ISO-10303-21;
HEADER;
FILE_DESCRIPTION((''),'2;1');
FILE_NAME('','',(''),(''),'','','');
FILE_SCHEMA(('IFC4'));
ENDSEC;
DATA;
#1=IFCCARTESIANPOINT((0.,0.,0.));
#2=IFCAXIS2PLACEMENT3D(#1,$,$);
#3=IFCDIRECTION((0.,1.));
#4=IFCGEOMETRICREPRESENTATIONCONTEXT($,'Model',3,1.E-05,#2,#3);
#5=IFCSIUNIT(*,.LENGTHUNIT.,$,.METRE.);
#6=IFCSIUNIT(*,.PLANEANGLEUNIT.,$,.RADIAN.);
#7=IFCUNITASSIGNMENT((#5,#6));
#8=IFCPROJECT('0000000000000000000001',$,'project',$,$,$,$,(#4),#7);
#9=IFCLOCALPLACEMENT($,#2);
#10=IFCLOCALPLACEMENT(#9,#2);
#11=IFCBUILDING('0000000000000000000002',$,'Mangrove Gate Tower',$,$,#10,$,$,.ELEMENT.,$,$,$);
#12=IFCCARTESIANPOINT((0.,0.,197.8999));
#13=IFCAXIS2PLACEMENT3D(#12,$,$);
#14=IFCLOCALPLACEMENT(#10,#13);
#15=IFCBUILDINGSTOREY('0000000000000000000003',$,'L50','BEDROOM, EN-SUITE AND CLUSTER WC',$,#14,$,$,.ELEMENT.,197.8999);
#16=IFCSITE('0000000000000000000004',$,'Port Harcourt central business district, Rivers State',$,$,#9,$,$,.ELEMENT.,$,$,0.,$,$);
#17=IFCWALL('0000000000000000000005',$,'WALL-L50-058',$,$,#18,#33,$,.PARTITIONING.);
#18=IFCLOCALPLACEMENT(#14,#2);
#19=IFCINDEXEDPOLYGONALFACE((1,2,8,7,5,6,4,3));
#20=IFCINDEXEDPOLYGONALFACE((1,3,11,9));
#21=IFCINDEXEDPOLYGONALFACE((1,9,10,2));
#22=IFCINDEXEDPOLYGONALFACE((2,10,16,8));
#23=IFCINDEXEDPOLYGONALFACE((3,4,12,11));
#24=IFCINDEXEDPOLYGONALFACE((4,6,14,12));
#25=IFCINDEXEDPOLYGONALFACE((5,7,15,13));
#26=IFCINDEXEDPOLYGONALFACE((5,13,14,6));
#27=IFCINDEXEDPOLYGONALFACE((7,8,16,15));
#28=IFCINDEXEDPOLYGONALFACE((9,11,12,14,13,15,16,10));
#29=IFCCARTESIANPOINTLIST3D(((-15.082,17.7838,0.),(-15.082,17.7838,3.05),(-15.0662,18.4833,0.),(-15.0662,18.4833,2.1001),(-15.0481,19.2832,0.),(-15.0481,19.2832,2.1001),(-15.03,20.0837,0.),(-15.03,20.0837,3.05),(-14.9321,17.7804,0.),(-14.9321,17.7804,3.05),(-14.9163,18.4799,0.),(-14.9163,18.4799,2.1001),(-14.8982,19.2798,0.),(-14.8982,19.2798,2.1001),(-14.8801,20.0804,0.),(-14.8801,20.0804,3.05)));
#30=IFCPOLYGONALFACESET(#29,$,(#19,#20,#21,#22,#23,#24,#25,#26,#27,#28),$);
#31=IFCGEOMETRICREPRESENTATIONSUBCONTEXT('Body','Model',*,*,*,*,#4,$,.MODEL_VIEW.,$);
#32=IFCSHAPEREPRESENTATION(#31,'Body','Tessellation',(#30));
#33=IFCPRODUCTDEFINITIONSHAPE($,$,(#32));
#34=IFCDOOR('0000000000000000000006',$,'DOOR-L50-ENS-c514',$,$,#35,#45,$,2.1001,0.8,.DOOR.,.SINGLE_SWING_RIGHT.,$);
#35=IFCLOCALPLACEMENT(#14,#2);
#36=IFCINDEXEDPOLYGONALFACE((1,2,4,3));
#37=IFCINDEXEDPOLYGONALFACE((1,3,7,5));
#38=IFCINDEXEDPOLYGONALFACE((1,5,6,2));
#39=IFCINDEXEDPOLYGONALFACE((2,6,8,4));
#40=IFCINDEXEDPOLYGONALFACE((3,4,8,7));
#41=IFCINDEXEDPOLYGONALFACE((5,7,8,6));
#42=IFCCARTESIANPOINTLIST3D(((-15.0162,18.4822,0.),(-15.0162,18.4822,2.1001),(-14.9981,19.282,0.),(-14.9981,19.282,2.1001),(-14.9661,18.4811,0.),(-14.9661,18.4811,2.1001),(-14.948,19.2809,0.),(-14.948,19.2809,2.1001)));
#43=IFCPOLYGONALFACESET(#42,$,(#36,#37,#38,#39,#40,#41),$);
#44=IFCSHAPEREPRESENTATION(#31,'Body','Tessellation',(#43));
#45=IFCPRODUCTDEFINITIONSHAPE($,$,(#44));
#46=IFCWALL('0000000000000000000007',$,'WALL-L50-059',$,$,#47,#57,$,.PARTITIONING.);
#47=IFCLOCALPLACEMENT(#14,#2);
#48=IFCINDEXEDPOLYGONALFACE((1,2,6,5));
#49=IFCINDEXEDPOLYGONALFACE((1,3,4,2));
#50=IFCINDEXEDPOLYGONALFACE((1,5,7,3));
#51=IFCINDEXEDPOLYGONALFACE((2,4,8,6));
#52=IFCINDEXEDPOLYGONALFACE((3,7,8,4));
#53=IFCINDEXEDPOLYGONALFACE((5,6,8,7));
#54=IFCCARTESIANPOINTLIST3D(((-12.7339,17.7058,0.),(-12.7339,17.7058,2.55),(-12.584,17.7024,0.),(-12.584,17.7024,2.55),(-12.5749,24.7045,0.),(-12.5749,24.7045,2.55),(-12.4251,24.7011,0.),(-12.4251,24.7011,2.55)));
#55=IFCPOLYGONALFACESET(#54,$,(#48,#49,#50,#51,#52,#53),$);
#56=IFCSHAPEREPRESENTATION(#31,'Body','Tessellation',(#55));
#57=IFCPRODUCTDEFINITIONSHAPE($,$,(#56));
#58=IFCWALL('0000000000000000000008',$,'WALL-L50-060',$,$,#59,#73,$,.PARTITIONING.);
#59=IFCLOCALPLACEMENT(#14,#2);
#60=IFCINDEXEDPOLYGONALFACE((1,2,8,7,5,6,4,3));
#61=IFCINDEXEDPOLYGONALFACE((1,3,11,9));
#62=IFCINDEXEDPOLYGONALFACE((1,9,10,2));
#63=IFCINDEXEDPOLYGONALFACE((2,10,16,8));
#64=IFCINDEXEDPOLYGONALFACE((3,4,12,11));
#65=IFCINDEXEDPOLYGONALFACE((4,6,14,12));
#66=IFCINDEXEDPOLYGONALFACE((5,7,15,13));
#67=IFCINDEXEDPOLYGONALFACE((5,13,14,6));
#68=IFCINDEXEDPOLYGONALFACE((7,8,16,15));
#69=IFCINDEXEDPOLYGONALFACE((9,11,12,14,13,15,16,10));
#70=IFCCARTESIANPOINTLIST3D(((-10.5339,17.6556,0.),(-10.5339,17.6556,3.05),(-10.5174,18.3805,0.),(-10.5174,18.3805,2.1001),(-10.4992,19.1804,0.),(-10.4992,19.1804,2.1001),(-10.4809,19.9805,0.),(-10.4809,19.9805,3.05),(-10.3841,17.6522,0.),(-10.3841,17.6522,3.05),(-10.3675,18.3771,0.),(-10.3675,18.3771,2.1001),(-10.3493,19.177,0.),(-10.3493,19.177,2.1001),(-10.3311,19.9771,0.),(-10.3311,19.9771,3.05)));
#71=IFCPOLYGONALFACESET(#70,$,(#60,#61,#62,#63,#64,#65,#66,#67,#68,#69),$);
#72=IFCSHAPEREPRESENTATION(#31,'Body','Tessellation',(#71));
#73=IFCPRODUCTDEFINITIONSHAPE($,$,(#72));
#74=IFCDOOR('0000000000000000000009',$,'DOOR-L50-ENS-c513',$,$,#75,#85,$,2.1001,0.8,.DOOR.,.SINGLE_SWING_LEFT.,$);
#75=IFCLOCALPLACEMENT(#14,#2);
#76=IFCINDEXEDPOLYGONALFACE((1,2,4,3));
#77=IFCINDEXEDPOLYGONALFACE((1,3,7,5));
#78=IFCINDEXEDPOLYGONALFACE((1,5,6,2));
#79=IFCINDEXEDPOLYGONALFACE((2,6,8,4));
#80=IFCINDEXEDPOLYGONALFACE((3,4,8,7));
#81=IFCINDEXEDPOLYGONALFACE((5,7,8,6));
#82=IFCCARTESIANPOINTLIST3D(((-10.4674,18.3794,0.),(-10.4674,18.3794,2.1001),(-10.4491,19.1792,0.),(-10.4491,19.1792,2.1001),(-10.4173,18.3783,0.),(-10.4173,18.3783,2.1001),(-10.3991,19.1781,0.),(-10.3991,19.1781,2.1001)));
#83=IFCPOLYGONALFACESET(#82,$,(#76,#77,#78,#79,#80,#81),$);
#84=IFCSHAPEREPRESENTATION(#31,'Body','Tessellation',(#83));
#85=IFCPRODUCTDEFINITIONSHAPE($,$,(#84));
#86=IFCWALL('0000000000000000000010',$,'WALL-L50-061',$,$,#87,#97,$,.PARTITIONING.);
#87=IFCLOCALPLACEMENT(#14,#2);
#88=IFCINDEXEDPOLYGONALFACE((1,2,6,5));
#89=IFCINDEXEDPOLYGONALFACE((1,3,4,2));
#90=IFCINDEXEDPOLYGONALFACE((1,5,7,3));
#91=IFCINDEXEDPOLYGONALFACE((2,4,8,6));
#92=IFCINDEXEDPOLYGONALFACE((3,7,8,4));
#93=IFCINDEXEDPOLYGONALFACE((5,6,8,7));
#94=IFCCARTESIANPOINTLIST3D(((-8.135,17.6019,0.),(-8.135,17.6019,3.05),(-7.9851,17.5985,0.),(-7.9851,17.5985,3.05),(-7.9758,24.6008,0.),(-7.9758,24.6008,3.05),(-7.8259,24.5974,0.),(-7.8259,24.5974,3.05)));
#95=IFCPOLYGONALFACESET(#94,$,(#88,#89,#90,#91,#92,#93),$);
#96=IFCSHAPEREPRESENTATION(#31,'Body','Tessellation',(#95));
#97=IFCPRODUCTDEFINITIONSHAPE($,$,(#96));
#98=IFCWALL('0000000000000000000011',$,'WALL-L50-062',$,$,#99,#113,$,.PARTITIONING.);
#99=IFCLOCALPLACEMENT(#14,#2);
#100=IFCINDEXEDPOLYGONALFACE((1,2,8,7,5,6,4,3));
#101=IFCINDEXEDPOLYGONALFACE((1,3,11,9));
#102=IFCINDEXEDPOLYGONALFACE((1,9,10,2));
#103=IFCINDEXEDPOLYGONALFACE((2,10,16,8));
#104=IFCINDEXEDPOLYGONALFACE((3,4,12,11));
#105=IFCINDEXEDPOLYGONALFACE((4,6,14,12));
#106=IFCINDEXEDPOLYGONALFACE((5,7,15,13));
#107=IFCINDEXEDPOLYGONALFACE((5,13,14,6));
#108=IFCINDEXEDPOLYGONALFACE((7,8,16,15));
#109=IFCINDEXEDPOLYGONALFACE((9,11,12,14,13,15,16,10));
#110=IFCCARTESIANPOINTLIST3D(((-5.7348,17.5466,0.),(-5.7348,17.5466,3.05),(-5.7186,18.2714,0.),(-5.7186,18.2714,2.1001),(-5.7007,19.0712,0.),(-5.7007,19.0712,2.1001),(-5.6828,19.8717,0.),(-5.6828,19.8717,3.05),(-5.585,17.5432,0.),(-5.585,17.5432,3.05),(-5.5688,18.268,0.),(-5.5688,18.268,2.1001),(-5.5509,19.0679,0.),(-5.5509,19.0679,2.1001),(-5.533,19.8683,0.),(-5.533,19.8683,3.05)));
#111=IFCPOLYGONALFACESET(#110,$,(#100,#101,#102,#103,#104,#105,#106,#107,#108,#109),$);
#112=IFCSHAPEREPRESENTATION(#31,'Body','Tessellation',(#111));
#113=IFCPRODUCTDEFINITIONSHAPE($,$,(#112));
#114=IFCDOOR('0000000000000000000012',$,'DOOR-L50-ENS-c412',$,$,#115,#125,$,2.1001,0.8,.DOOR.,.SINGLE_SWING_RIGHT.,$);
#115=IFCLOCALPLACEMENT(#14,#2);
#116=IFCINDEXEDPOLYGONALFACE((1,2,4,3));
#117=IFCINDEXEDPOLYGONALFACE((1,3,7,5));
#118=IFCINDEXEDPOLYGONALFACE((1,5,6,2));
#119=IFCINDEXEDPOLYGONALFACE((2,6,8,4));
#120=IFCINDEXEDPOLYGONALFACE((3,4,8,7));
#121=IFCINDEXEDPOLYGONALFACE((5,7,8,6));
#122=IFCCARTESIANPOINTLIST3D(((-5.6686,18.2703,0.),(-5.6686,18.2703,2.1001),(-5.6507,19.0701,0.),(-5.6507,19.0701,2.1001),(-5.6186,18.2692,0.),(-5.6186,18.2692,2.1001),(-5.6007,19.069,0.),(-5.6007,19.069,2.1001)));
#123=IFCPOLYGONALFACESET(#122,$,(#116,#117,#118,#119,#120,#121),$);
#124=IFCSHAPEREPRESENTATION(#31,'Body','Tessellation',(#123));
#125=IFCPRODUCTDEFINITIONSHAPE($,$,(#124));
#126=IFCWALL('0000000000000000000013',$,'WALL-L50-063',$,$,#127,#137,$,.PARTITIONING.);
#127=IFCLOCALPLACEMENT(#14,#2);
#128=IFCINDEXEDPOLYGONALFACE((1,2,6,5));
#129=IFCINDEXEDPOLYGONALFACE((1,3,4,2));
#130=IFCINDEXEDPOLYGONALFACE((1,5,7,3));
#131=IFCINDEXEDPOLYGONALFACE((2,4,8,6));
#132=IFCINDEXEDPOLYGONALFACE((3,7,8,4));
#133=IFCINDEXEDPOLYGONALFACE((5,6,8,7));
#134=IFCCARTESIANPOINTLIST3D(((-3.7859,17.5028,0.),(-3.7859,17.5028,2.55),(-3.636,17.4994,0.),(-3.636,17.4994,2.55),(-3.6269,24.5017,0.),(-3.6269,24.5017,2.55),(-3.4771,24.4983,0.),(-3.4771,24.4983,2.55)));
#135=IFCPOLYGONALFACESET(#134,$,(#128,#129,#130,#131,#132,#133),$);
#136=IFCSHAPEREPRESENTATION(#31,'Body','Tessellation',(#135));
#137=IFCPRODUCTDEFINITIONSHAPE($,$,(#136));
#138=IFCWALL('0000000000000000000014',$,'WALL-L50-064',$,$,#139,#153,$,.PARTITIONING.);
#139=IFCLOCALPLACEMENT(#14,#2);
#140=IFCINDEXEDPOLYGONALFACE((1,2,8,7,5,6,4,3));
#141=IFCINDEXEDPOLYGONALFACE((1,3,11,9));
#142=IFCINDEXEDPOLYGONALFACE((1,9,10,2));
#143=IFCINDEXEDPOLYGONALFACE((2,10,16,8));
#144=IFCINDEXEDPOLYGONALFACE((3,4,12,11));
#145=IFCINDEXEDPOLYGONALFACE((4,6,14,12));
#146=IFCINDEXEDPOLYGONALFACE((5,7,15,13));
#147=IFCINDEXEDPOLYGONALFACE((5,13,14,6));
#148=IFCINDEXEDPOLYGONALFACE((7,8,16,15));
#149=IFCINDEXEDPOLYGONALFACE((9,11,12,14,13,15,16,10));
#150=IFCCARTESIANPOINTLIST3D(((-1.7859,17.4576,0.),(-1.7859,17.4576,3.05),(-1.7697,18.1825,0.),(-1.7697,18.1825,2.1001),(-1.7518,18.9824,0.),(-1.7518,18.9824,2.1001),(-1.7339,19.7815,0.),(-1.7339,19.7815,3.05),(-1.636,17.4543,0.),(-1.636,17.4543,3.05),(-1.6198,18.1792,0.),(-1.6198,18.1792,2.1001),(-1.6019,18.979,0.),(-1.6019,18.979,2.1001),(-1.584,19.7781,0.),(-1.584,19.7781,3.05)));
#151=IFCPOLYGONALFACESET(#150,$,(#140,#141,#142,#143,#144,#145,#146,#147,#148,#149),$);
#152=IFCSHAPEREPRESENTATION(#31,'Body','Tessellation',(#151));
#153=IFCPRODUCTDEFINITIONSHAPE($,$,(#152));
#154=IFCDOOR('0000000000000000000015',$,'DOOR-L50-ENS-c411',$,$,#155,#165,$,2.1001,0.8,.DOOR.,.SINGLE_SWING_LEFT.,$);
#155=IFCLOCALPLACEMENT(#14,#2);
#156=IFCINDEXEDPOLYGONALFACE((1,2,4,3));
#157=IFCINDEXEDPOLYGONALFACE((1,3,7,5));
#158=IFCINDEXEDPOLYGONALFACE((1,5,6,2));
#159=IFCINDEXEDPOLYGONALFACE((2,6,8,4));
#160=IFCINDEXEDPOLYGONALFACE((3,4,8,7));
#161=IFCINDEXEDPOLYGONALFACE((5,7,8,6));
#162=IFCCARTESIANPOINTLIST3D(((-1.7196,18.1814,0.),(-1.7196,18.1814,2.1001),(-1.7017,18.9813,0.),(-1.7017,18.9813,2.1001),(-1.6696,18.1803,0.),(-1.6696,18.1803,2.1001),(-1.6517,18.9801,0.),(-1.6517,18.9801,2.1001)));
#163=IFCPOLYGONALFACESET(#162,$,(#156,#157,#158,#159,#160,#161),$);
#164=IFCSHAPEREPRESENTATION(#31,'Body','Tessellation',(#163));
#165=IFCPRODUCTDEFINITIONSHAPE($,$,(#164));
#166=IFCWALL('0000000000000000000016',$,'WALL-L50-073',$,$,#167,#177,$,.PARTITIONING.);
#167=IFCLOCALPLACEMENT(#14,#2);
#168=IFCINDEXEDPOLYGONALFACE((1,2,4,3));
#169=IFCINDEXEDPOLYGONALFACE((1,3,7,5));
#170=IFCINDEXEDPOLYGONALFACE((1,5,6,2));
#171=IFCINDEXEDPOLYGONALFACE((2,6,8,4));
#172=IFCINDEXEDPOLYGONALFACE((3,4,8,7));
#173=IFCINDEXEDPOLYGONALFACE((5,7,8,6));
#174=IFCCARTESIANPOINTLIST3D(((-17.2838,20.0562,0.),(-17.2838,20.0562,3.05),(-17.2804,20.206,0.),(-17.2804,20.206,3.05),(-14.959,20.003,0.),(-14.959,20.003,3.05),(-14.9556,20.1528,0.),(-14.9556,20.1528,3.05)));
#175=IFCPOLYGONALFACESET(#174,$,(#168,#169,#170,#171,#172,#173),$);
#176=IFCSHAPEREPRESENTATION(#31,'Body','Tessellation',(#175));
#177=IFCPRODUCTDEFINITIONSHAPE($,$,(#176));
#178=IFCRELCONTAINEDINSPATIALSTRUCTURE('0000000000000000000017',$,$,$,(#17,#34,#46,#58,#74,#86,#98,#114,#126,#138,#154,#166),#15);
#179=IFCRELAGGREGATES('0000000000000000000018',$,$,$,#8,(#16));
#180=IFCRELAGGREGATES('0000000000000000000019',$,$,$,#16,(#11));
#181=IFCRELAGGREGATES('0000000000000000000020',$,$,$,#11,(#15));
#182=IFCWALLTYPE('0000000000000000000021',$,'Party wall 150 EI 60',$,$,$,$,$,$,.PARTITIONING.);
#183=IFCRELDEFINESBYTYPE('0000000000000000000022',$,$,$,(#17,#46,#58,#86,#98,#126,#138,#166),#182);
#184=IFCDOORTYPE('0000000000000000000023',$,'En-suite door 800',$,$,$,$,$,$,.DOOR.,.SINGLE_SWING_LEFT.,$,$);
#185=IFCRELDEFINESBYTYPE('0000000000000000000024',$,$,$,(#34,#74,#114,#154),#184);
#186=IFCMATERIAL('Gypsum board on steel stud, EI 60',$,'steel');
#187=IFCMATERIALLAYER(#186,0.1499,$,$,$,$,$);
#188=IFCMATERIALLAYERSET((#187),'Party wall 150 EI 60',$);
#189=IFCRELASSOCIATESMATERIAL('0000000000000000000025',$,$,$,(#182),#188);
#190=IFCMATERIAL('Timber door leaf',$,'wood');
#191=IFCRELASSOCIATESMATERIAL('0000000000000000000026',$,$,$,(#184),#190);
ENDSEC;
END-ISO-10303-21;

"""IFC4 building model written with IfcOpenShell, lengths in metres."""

from ifc_helpers import new_model, si_unit, direction, frame, frame_2d, origin, place, context, subcontext, project, spatial, rectangle, extrude, material, layer, layer_set, type_object, element, fill, save


model = new_model("IFC4")

# Units and contexts
model_context = context("Model", 3, precision=1e-05, world=origin(), true_north=direction((0.0, 1.0)))
body_context = subcontext(model_context, "Body", "Model", "MODEL_VIEW")
ifc_project = project(units=[si_unit("LENGTHUNIT", "METRE"), si_unit("PLANEANGLEUNIT", "RADIAN")], contexts=[model_context])

# Site, building, storey
site_placement = place(None, origin())
site = spatial("IfcSite", under=ifc_project, at=site_placement, Name="Port Harcourt central business district, Rivers State", CompositionType="ELEMENT", RefElevation=0.0)
building_placement = place(site_placement, origin())
building = spatial("IfcBuilding", under=site, at=building_placement, Name="Mangrove Gate Tower", CompositionType="ELEMENT")
storey_placement = place(building_placement, frame((0.0, 0.0, 197.8999)))
storey = spatial("IfcBuildingStorey", under=building, at=storey_placement, Name="L50", Description="BEDROOM, EN-SUITE AND CLUSTER WC", CompositionType="ELEMENT", Elevation=197.8999)

# Shared definitions
ifc_material_1 = material(Name="Gypsum board on steel stud, EI 60", Category="steel")
ifc_layer = layer(ifc_material_1, 0.1499)
ifc_layer_set = layer_set([ifc_layer], Name="Party wall 150 EI 60")
wall_type = type_object("IfcWallType", Name="Party wall 150 EI 60", PredefinedType="PARTITIONING", material=ifc_layer_set)

# Wall, opening, door
wall_1_placement = place(storey_placement, frame((-15.0071, 17.782, 0.0), z_axis=(0.0, 0.0, 1.0), x_axis=(0.022603, 0.999745, 0.0)))
wall_1 = element("IfcWall", 1, at=wall_1_placement, inside=storey, type_object=wall_type, Name="WALL-L50-058", PredefinedType="PARTITIONING", context=body_context, shape_type="SweptSolid", body=[
    extrude(rectangle(XDim=2.3005, YDim=0.1499, at=frame_2d((1.1504, 0.0))), origin(), (0.0, 0.0, 1.0), 3.05),
])
opening_1_placement = place(wall_1_placement, frame((0.7, 0.0, 0.0)))
opening_1 = element("IfcOpeningElement", 2, at=opening_1_placement, cuts=wall_1, PredefinedType="OPENING", context=body_context, shape_type="SweptSolid", body=[
    extrude(rectangle(XDim=0.8, YDim=2.1001, at=frame_2d((0.3999, 1.05))), frame((0.0, 0.085, 0.0), z_axis=(0.0, -1.0, 0.0), x_axis=(1.0, 0.0, 0.0)), (0.0, 0.0, 1.0), 0.1699),
])
ifc_material_2 = material(Name="Timber door leaf", Category="wood")
door_type_1 = type_object("IfcDoorType", Name="En-suite door 800", OperationType="SINGLE_SWING_LEFT", PredefinedType="DOOR", material=ifc_material_2)
door_1_placement = place(opening_1_placement, origin())
door_1 = element("IfcDoor", 3, at=door_1_placement, inside=storey, type_object=door_type_1, Name="DOOR-L50-ENS-c514", OperationType="SINGLE_SWING_RIGHT", OverallHeight=2.1001, OverallWidth=0.8, PredefinedType="DOOR", context=body_context, shape_type="SweptSolid", body=[
    extrude(rectangle(XDim=0.8, YDim=2.1001, at=frame_2d((0.3999, 1.05))), frame((0.0, 0.0249, 0.0), z_axis=(0.0, -1.0, 0.0), x_axis=(1.0, 0.0, 0.0)), (0.0, 0.0, 1.0), 0.05),
])
fill(opening_1, door_1)

# Wall
wall_2_placement = place(storey_placement, frame((-12.6589, 17.7041, 0.0), z_axis=(0.0, 0.0, 1.0), x_axis=(0.022703, 0.999742, 0.0)))
element("IfcWall", 4, at=wall_2_placement, inside=storey, type_object=wall_type, Name="WALL-L50-059", PredefinedType="PARTITIONING", context=body_context, shape_type="SweptSolid", body=[
    extrude(rectangle(XDim=7.0005, YDim=0.1499, at=frame_2d((3.5002, 0.0))), origin(), (0.0, 0.0, 1.0), 2.55),
])

# Wall, opening, door
wall_3_placement = place(storey_placement, frame((-10.459, 17.6541, 0.0), z_axis=(0.0, 0.0, 1.0), x_axis=(0.022781, 0.99974, 0.0)))
wall_3 = element("IfcWall", 5, at=wall_3_placement, inside=storey, type_object=wall_type, Name="WALL-L50-060", PredefinedType="PARTITIONING", context=body_context, shape_type="SweptSolid", body=[
    extrude(rectangle(XDim=2.3254, YDim=0.1499, at=frame_2d((1.1626, 0.0))), origin(), (0.0, 0.0, 1.0), 3.05),
])
opening_2_placement = place(wall_3_placement, frame((0.7251, 0.0, 0.0)))
opening_2 = element("IfcOpeningElement", 6, at=opening_2_placement, cuts=wall_3, PredefinedType="OPENING", context=body_context, shape_type="SweptSolid", body=[
    extrude(rectangle(XDim=0.8, YDim=2.1001, at=frame_2d((0.3999, 1.05))), frame((0.0, 0.085, 0.0), z_axis=(0.0, -1.0, 0.0), x_axis=(1.0, 0.0, 0.0)), (0.0, 0.0, 1.0), 0.1699),
])
door_2_placement = place(opening_2_placement, origin())
door_2 = element("IfcDoor", 7, at=door_2_placement, inside=storey, type_object=door_type_1, Name="DOOR-L50-ENS-c513", OperationType="SINGLE_SWING_LEFT", OverallHeight=2.1001, OverallWidth=0.8, PredefinedType="DOOR", context=body_context, shape_type="SweptSolid", body=[
    extrude(rectangle(XDim=0.8, YDim=2.1001, at=frame_2d((0.3999, 1.05))), frame((0.0, 0.0249, 0.0), z_axis=(0.0, -1.0, 0.0), x_axis=(1.0, 0.0, 0.0)), (0.0, 0.0, 1.0), 0.05),
])
fill(opening_2, door_2)

# Wall
wall_4_placement = place(storey_placement, frame((-8.0601, 17.6001, 0.0), z_axis=(0.0, 0.0, 1.0), x_axis=(0.022737, 0.999741, 0.0)))
element("IfcWall", 8, at=wall_4_placement, inside=storey, type_object=wall_type, Name="WALL-L50-061", PredefinedType="PARTITIONING", context=body_context, shape_type="SweptSolid", body=[
    extrude(rectangle(XDim=7.0007, YDim=0.1499, at=frame_2d((3.5005, 0.0))), origin(), (0.0, 0.0, 1.0), 3.05),
])

# Wall, opening, door
wall_5_placement = place(storey_placement, frame((-5.6599, 17.5449, 0.0), z_axis=(0.0, 0.0, 1.0), x_axis=(0.022359, 0.99975, 0.0)))
wall_5 = element("IfcWall", 9, at=wall_5_placement, inside=storey, type_object=wall_type, Name="WALL-L50-062", PredefinedType="PARTITIONING", context=body_context, shape_type="SweptSolid", body=[
    extrude(rectangle(XDim=2.3257, YDim=0.1499, at=frame_2d((1.1628, 0.0))), origin(), (0.0, 0.0, 1.0), 3.05),
])
opening_3_placement = place(wall_5_placement, frame((0.7251, 0.0, 0.0)))
opening_3 = element("IfcOpeningElement", 10, at=opening_3_placement, cuts=wall_5, PredefinedType="OPENING", context=body_context, shape_type="SweptSolid", body=[
    extrude(rectangle(XDim=0.8, YDim=2.1001, at=frame_2d((0.3999, 1.05))), frame((0.0, 0.085, 0.0), z_axis=(0.0, -1.0, 0.0), x_axis=(1.0, 0.0, 0.0)), (0.0, 0.0, 1.0), 0.1699),
])
door_3_placement = place(opening_3_placement, origin())
door_3 = element("IfcDoor", 11, at=door_3_placement, inside=storey, type_object=door_type_1, Name="DOOR-L50-ENS-c412", OperationType="SINGLE_SWING_RIGHT", OverallHeight=2.1001, OverallWidth=0.8, PredefinedType="DOOR", context=body_context, shape_type="SweptSolid", body=[
    extrude(rectangle(XDim=0.8, YDim=2.1001, at=frame_2d((0.3999, 1.05))), frame((0.0, 0.0249, 0.0), z_axis=(0.0, -1.0, 0.0), x_axis=(1.0, 0.0, 0.0)), (0.0, 0.0, 1.0), 0.05),
])
fill(opening_3, door_3)

# Wall
wall_6_placement = place(storey_placement, frame((-3.7109, 17.501, 0.0), z_axis=(0.0, 0.0, 1.0), x_axis=(0.022702, 0.999742, 0.0)))
element("IfcWall", 12, at=wall_6_placement, inside=storey, type_object=wall_type, Name="WALL-L50-063", PredefinedType="PARTITIONING", context=body_context, shape_type="SweptSolid", body=[
    extrude(rectangle(XDim=7.0007, YDim=0.1499, at=frame_2d((3.5005, 0.0))), origin(), (0.0, 0.0, 1.0), 2.55),
])

# Wall, opening, door
wall_7_placement = place(storey_placement, frame((-1.7109, 17.4561, 0.0), z_axis=(0.0, 0.0, 1.0), x_axis=(0.022371, 0.99975, 0.0)))
wall_7 = element("IfcWall", 13, at=wall_7_placement, inside=storey, type_object=wall_type, Name="WALL-L50-064", PredefinedType="PARTITIONING", context=body_context, shape_type="SweptSolid", body=[
    extrude(rectangle(XDim=2.3245, YDim=0.1499, at=frame_2d((1.1621, 0.0))), origin(), (0.0, 0.0, 1.0), 3.05),
])
opening_4_placement = place(wall_7_placement, frame((0.7251, 0.0, 0.0)))
opening_4 = element("IfcOpeningElement", 14, at=opening_4_placement, cuts=wall_7, PredefinedType="OPENING", context=body_context, shape_type="SweptSolid", body=[
    extrude(rectangle(XDim=0.8, YDim=2.1001, at=frame_2d((0.3999, 1.05))), frame((0.0, 0.085, 0.0), z_axis=(0.0, -1.0, 0.0), x_axis=(1.0, 0.0, 0.0)), (0.0, 0.0, 1.0), 0.1699),
])
door_4_placement = place(opening_4_placement, origin())
door_4 = element("IfcDoor", 15, at=door_4_placement, inside=storey, type_object=door_type_1, Name="DOOR-L50-ENS-c411", OperationType="SINGLE_SWING_LEFT", OverallHeight=2.1001, OverallWidth=0.8, PredefinedType="DOOR", context=body_context, shape_type="SweptSolid", body=[
    extrude(rectangle(XDim=0.8, YDim=2.1001, at=frame_2d((0.3999, 1.05))), frame((0.0, 0.0249, 0.0), z_axis=(0.0, -1.0, 0.0), x_axis=(1.0, 0.0, 0.0)), (0.0, 0.0, 1.0), 0.05),
])
fill(opening_4, door_4)

# Wall
wall_8_placement = place(storey_placement, frame((-17.282, 20.1311, 0.0), z_axis=(0.0, 0.0, 1.0), x_axis=(0.999738, -0.022886, 0.0)))
element("IfcWall", 16, at=wall_8_placement, inside=storey, type_object=wall_type, Name="WALL-L50-073", PredefinedType="PARTITIONING", context=body_context, shape_type="SweptSolid", body=[
    extrude(rectangle(XDim=2.3254, YDim=0.1499, at=frame_2d((1.1626, 0.0))), origin(), (0.0, 0.0, 1.0), 3.05),
])

save(model, "model.ifc")
